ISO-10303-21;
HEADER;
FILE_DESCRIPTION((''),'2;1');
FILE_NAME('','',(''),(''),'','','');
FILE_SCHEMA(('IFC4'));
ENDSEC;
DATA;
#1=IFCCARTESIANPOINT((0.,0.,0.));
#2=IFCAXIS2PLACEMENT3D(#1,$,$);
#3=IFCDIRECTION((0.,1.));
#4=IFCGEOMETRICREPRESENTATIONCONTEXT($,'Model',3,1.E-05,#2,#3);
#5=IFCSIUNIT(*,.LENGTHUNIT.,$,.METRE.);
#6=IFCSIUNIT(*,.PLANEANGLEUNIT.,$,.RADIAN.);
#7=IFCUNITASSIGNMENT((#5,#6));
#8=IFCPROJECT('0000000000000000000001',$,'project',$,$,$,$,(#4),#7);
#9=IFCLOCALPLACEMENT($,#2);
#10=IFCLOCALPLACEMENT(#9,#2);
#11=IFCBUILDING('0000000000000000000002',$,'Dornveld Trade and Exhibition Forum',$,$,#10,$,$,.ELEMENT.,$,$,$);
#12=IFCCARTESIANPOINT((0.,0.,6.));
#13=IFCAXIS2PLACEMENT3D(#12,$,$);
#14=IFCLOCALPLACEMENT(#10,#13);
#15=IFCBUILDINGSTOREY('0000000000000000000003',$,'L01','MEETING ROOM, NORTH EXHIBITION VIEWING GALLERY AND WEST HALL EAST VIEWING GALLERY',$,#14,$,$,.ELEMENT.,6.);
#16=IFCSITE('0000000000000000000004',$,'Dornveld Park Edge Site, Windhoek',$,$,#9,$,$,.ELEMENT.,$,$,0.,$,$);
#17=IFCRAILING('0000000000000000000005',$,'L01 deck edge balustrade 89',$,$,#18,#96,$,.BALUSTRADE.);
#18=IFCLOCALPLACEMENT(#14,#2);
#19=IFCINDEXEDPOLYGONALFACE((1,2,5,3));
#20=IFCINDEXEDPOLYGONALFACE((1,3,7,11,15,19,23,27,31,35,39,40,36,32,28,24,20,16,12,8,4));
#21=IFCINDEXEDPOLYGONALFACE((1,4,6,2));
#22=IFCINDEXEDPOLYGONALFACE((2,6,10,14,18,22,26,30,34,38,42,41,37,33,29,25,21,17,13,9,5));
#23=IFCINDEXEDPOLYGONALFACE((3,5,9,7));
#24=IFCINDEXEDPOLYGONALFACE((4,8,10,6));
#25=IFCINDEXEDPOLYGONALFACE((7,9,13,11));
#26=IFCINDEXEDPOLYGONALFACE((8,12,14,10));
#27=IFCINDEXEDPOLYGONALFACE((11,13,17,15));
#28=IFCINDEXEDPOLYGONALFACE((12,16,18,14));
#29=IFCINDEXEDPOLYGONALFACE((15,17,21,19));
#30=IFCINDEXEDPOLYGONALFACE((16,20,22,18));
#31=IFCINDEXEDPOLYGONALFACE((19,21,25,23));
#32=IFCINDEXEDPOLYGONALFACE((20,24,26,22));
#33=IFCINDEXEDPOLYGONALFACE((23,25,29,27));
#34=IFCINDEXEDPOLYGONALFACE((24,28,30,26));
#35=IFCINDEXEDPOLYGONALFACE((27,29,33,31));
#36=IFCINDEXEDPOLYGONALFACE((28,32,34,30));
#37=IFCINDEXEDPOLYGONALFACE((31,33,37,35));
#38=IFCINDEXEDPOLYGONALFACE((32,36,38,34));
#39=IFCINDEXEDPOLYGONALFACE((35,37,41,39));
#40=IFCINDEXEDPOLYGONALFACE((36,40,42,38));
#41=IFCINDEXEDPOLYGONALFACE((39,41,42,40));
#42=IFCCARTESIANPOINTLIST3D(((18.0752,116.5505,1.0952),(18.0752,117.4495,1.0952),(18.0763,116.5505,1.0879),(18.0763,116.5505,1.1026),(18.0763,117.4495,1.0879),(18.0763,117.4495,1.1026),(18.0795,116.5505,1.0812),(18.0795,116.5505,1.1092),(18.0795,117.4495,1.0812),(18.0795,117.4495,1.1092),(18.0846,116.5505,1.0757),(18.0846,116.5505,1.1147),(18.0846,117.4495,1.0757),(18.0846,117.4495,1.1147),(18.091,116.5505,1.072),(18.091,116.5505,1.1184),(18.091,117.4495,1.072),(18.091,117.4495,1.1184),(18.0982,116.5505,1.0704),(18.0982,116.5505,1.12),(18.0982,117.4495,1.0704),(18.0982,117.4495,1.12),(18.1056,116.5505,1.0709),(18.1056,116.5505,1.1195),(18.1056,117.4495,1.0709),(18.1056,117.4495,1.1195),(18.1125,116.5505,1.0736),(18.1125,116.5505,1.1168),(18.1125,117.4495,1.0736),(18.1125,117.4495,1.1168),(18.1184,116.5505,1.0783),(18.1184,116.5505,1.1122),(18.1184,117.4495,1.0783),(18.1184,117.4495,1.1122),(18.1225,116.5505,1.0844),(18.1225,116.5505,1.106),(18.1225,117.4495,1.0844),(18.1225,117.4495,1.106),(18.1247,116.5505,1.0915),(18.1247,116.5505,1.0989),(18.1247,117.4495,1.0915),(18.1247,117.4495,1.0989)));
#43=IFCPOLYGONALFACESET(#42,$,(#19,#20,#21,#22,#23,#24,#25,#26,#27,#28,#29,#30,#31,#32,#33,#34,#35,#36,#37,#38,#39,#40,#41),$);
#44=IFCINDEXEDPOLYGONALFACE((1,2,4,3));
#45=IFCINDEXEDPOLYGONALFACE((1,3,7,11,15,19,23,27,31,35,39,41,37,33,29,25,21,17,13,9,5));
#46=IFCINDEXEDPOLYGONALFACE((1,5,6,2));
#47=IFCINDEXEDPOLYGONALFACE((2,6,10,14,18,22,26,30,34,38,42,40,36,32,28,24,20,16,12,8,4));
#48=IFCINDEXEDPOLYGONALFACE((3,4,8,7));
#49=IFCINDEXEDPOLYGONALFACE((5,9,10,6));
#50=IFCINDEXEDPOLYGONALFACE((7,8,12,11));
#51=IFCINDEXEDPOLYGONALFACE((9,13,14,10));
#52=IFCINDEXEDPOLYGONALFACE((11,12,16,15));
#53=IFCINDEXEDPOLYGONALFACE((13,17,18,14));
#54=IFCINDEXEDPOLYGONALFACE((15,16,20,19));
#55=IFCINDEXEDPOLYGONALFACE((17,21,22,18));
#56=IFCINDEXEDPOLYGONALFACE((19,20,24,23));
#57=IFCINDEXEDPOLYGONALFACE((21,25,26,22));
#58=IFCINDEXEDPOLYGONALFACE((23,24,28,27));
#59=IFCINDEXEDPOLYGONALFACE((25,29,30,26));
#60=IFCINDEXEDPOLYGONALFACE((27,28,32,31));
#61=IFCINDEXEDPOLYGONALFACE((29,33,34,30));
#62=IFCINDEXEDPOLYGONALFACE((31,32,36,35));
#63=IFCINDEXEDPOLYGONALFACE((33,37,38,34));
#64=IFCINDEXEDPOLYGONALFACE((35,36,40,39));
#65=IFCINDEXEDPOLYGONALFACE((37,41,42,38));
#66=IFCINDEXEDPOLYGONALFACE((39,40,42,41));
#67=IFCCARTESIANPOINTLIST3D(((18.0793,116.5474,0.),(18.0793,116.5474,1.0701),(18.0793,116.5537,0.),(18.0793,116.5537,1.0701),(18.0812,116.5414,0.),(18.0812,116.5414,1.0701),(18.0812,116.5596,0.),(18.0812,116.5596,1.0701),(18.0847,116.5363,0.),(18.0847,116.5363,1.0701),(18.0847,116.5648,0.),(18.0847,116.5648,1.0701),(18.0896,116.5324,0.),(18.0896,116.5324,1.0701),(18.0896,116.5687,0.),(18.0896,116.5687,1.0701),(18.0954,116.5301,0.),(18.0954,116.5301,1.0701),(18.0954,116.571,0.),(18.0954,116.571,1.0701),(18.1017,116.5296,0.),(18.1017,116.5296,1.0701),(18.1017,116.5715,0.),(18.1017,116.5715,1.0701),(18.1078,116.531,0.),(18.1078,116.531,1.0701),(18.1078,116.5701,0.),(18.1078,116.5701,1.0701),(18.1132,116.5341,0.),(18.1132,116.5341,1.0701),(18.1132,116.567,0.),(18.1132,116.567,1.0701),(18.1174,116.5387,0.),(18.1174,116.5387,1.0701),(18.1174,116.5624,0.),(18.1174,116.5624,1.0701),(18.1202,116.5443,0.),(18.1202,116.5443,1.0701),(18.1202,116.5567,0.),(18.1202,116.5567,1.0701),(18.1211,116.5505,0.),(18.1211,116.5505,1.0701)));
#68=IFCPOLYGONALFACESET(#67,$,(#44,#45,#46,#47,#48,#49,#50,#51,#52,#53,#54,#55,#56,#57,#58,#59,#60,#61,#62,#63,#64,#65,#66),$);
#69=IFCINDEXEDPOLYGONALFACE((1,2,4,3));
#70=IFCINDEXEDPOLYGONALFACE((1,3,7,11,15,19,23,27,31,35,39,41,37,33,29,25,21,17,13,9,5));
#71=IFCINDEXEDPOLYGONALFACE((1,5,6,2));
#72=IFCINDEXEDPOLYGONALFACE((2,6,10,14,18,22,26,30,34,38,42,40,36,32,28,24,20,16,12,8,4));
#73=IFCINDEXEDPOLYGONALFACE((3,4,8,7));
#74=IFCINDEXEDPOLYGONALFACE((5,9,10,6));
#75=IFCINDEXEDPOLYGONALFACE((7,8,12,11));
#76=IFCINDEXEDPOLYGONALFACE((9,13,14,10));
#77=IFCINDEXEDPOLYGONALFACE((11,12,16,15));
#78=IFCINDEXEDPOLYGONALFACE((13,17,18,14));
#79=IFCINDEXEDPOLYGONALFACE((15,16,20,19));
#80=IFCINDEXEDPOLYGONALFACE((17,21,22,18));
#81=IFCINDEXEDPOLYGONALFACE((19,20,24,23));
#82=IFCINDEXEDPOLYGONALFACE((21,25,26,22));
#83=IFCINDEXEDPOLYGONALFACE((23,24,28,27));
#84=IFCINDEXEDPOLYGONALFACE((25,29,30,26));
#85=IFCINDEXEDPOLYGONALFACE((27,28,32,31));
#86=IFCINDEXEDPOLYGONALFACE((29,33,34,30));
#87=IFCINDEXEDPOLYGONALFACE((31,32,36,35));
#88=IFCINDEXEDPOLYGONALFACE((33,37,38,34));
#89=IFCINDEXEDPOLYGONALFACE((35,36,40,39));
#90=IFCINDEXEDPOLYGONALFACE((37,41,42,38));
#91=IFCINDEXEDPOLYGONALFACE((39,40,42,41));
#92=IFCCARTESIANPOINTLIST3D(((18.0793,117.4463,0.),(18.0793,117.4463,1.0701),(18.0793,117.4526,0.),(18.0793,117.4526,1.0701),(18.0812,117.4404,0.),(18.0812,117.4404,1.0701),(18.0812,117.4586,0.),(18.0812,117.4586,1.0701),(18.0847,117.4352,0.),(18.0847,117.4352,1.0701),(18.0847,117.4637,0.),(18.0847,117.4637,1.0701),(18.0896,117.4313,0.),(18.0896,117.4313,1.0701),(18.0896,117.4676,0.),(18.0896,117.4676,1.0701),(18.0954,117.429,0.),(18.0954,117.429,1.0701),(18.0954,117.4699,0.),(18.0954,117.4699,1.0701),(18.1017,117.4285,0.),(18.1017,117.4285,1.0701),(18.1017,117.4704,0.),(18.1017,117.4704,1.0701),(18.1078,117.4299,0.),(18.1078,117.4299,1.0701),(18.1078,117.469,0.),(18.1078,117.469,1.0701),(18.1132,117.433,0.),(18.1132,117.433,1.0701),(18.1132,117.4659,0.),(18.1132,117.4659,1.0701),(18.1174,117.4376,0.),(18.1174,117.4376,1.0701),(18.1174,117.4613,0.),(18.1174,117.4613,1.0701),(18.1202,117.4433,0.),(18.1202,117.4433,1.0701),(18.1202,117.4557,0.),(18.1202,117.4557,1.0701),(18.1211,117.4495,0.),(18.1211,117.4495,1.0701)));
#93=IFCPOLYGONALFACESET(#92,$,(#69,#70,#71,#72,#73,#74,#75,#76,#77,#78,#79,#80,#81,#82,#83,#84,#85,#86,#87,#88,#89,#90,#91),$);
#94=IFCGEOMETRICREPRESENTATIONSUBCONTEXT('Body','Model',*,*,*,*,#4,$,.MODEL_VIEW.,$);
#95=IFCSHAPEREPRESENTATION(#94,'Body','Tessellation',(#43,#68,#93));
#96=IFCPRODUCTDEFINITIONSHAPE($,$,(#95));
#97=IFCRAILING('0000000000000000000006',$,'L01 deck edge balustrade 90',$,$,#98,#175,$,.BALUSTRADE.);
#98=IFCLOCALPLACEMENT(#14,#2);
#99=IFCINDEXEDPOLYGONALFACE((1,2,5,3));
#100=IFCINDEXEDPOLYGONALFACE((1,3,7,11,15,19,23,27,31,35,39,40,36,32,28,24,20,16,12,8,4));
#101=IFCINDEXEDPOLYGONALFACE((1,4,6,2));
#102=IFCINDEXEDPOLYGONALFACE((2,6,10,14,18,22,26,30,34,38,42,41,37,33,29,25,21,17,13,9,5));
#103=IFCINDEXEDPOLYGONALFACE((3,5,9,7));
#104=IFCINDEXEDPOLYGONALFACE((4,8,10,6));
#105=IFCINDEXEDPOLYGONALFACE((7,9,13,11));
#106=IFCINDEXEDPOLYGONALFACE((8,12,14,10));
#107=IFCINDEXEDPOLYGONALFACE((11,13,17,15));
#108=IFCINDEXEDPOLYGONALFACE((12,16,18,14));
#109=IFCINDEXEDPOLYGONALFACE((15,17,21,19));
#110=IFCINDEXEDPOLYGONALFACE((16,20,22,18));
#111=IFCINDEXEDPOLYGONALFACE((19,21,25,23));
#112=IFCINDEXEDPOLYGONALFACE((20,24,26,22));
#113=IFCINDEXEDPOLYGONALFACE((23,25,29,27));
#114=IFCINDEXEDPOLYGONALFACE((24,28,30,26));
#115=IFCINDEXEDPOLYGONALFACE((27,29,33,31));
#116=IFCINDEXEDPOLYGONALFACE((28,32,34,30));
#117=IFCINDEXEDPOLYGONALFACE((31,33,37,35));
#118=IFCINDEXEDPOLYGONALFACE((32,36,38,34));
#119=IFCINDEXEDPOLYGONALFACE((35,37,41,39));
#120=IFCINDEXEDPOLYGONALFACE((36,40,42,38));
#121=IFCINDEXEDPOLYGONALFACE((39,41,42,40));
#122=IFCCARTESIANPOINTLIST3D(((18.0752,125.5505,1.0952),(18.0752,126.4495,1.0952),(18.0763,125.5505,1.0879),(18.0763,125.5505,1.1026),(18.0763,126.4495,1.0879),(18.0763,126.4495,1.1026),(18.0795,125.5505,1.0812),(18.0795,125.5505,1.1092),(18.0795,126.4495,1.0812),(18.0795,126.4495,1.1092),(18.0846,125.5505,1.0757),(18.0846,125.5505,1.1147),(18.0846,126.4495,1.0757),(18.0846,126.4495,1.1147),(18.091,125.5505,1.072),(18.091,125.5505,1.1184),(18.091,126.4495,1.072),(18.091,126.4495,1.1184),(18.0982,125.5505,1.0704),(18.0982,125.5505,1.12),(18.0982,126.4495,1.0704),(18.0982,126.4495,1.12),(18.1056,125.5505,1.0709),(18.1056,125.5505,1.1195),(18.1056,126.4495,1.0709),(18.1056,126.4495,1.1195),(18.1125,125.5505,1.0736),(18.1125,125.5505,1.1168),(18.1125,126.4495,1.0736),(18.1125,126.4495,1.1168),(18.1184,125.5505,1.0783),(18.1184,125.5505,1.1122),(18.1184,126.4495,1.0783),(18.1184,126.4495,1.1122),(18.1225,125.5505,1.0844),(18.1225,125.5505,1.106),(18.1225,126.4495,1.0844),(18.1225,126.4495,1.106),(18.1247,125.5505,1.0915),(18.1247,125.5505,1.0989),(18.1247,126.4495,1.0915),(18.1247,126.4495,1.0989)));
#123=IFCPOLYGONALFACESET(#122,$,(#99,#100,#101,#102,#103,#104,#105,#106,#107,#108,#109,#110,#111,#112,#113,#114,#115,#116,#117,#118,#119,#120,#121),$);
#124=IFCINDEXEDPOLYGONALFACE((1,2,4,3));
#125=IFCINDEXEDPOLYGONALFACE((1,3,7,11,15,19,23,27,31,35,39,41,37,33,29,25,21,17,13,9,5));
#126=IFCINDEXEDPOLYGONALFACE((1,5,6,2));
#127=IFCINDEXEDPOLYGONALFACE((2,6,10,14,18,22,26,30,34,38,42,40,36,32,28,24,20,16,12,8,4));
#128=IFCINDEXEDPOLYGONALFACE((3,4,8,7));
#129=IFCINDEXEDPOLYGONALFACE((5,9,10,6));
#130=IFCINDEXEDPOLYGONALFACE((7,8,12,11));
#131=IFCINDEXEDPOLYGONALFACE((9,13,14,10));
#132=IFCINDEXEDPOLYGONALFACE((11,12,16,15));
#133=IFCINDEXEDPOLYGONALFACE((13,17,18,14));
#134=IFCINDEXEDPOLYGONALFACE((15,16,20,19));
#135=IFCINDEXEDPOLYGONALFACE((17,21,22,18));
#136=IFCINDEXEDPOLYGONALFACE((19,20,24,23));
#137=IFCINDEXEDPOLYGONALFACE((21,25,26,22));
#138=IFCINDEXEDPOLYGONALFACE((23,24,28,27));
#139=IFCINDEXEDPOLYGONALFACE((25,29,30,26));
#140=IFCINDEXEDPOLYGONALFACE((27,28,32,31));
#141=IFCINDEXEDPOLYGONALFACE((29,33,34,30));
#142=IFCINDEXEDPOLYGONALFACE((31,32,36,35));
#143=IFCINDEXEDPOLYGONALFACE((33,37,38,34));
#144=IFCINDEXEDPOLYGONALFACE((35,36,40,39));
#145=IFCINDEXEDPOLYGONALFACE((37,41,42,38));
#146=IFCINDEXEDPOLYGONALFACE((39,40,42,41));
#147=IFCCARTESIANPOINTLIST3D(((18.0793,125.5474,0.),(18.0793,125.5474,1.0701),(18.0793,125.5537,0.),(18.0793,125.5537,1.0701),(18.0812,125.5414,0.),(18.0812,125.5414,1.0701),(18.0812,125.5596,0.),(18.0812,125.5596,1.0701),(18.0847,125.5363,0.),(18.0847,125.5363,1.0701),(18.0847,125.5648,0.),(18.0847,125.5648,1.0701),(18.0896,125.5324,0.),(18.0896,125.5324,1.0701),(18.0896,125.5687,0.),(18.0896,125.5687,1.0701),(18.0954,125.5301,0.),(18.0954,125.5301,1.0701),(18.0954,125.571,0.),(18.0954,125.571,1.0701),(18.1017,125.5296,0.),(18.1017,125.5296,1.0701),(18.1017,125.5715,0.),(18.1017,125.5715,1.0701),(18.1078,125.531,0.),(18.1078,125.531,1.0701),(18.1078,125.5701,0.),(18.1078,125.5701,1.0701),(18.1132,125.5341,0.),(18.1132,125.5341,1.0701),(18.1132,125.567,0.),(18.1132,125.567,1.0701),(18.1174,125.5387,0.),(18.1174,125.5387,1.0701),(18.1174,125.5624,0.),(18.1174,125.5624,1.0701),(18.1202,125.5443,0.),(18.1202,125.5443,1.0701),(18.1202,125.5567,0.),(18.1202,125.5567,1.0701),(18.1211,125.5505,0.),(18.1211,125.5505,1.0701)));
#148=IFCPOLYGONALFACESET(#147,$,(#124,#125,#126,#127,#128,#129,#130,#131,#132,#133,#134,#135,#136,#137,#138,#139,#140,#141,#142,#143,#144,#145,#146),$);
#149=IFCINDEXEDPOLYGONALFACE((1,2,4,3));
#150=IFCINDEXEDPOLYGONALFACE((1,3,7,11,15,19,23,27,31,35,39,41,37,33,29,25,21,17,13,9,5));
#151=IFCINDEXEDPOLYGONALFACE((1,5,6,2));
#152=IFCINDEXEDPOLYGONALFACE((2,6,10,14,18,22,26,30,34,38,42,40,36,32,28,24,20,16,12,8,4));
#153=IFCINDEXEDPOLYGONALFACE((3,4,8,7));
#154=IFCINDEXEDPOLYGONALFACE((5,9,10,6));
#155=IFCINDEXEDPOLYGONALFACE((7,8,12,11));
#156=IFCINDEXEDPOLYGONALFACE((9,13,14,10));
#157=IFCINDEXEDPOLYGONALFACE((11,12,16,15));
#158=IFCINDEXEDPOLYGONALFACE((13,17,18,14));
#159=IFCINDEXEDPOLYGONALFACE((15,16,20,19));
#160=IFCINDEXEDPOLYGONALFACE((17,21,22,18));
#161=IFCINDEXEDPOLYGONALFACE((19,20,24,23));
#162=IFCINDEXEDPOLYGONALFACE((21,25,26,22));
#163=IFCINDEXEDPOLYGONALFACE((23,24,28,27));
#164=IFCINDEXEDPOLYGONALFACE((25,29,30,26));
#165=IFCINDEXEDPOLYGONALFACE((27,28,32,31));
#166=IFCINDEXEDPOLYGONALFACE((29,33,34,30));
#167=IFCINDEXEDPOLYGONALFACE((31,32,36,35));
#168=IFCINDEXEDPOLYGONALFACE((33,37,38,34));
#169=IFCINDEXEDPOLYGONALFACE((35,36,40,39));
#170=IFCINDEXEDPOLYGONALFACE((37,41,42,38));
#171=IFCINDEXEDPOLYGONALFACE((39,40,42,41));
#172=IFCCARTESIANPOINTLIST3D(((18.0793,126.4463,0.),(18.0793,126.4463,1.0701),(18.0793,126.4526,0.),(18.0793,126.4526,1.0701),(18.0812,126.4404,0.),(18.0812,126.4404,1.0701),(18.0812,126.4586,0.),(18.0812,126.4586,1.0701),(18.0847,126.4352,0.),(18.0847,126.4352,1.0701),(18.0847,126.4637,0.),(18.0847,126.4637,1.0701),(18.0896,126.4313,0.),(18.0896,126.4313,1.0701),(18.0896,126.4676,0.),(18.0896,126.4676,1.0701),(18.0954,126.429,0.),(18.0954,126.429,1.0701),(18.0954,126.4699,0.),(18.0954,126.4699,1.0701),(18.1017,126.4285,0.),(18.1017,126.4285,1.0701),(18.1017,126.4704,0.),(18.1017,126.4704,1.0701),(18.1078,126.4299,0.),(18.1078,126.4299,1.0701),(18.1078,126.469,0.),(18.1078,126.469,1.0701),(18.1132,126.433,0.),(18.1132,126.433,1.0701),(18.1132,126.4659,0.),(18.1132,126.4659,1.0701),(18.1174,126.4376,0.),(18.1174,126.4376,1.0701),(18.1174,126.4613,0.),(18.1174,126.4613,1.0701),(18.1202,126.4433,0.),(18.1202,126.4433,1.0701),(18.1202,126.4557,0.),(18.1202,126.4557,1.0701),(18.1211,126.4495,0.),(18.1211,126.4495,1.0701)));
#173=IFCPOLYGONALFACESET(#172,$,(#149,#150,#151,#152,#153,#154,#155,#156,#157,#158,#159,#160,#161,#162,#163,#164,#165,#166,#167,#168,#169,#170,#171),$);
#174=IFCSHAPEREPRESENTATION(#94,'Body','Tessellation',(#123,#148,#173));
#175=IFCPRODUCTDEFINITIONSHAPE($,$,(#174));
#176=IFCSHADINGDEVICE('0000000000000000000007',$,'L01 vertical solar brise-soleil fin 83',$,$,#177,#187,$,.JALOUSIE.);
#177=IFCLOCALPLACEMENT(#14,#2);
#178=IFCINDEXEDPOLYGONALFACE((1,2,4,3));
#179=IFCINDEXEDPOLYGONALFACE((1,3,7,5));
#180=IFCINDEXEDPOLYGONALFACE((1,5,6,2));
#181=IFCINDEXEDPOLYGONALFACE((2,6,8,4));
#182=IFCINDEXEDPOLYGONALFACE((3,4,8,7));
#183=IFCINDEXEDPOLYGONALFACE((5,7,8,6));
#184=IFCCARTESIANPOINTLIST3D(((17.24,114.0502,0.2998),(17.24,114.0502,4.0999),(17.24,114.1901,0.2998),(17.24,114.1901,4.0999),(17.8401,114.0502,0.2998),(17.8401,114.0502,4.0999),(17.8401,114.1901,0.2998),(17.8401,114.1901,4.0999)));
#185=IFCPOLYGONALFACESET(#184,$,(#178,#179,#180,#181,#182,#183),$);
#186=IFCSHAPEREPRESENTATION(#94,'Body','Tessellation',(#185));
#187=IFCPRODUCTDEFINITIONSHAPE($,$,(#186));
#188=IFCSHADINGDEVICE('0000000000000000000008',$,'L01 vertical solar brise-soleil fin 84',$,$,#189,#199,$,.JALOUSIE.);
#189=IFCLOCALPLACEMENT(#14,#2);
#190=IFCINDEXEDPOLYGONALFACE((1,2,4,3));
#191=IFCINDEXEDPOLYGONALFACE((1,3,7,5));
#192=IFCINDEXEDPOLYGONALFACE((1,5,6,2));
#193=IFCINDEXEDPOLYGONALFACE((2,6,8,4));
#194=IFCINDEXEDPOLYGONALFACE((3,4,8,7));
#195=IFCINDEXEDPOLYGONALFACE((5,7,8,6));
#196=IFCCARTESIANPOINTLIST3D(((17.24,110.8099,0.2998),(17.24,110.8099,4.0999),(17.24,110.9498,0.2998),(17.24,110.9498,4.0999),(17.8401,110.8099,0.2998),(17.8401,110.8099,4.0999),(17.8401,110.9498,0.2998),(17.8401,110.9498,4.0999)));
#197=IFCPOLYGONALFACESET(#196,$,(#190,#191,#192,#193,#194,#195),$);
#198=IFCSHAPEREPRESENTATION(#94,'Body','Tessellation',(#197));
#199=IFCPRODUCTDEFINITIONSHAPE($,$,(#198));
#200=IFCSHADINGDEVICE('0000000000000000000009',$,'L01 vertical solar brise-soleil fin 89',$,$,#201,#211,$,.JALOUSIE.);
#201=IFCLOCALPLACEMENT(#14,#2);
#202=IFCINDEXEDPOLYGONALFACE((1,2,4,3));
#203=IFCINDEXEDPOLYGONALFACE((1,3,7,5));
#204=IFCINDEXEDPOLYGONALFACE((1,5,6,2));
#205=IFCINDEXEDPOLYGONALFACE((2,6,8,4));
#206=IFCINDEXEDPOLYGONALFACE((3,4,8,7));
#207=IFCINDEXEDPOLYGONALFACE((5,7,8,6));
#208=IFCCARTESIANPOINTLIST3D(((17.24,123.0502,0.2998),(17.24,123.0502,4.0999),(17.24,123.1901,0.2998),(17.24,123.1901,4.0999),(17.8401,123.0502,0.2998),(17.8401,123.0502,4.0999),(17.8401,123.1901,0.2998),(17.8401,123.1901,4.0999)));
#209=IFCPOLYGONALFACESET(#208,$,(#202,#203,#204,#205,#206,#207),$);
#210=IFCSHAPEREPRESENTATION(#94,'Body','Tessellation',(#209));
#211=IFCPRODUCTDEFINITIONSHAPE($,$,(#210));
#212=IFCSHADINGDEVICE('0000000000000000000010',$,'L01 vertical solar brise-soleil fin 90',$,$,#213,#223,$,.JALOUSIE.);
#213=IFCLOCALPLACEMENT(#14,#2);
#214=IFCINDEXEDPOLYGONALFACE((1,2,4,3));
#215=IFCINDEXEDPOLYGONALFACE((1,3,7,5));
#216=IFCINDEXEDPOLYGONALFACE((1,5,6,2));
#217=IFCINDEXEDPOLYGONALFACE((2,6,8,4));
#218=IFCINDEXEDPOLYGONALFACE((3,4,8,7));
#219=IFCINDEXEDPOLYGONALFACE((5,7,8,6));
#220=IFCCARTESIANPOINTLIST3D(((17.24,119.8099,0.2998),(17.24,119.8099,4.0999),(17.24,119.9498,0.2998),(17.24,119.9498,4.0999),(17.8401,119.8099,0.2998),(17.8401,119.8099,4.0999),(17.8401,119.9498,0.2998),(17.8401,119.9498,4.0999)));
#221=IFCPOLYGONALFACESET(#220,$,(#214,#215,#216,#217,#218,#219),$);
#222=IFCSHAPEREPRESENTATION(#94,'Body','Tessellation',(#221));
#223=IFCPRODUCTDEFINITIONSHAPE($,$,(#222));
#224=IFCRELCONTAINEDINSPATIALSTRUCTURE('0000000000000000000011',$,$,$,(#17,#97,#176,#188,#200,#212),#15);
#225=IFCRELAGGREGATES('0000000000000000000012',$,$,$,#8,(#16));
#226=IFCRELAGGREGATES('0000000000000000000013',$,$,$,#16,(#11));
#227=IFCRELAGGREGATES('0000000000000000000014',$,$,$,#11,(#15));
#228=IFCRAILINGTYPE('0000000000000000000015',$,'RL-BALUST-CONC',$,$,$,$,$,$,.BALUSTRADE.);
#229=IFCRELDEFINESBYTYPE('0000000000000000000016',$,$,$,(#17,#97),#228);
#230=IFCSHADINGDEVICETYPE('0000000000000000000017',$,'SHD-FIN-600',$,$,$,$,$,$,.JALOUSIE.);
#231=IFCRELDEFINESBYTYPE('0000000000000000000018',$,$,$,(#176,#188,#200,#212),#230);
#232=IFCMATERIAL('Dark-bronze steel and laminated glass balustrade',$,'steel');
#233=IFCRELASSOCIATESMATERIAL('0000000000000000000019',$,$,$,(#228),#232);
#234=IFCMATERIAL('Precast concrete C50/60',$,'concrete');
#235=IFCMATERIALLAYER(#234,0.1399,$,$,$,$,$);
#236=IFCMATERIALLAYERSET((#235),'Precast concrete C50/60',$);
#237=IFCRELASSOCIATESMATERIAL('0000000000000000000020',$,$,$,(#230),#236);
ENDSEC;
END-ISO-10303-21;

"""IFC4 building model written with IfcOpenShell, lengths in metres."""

from ifc_helpers import new_model, si_unit, direction, frame, origin, origin_2d, place, context, subcontext, project, spatial, rectangle, circle, extrude, material, layer, layer_set, type_object, element, save


model = new_model("IFC4")

# Units and contexts
model_context = context("Model", 3, precision=1e-05, world=origin(), true_north=direction((0.0, 1.0)))
body_context = subcontext(model_context, "Body", "Model", "MODEL_VIEW")
ifc_project = project(units=[si_unit("LENGTHUNIT", "METRE"), si_unit("PLANEANGLEUNIT", "RADIAN")], contexts=[model_context])

# Site, building, storey
site_placement = place(None, origin())
site = spatial("IfcSite", under=ifc_project, at=site_placement, Name="Dornveld Park Edge Site, Windhoek", CompositionType="ELEMENT", RefElevation=0.0)
building_placement = place(site_placement, origin())
building = spatial("IfcBuilding", under=site, at=building_placement, Name="Dornveld Trade and Exhibition Forum", CompositionType="ELEMENT")
storey_placement = place(building_placement, frame((0.0, 0.0, 6.0)))
storey = spatial("IfcBuildingStorey", under=building, at=storey_placement, Name="L01", Description="MEETING ROOM, NORTH EXHIBITION VIEWING GALLERY AND WEST HALL EAST VIEWING GALLERY", CompositionType="ELEMENT", Elevation=6.0)

# Railings
ifc_material_1 = material(Name="Dark-bronze steel and laminated glass balustrade", Category="steel")
railing_type = type_object("IfcRailingType", Name="RL-BALUST-CONC", PredefinedType="BALUSTRADE", material=ifc_material_1)
for number, where, name in (
    (1, (18.1001, 116.5505, 0.0), "L01 deck edge balustrade 89"),
    (2, (18.1001, 125.5505, 0.0), "L01 deck edge balustrade 90"),
):
    element("IfcRailing", number, at=place(storey_placement, frame(where)), inside=storey, type_object=railing_type, Name=name, PredefinedType="BALUSTRADE", context=body_context, shape_type="SweptSolid", body=[
        extrude(circle(Radius=0.0249, at=origin_2d()), frame((0.0, 0.0, 1.0952), z_axis=(0.0, 1.0, 0.0), x_axis=(-1.0, 0.0, 0.0)), (0.0, 0.0, 1.0), 0.8989),
        extrude(circle(Radius=0.021, at=origin_2d()), origin(), (0.0, 0.0, 1.0), 1.0701),
        extrude(circle(Radius=0.021, at=origin_2d()), frame((0.0, 0.8989, 0.0)), (0.0, 0.0, 1.0), 1.0701),
    ])

# Shading devices
ifc_material_2 = material(Name="Precast concrete C50/60", Category="concrete")
ifc_layer_1 = layer(ifc_material_2, 0.1399)
ifc_layer_set_1 = layer_set([ifc_layer_1], Name="Precast concrete C50/60")
shading_device_type = type_object("IfcShadingDeviceType", Name="SHD-FIN-600", PredefinedType="JALOUSIE", material=ifc_layer_set_1)
for number, where, z_axis, x_axis, name in (
    (3, (17.54, 114.1201, 0.2998), (0.0, 0.0, 1.0), (0.0, -1.0, 0.0), "L01 vertical solar brise-soleil fin 83"),
    (4, (17.54, 110.8799, 0.2998), (0.0, 0.0, 1.0), (0.0, -1.0, 0.0), "L01 vertical solar brise-soleil fin 84"),
    (5, (17.54, 123.1201, 0.2998), (0.0, 0.0, 1.0), (0.0, -1.0, 0.0), "L01 vertical solar brise-soleil fin 89"),
    (6, (17.54, 119.8799, 0.2998), (0.0, 0.0, 1.0), (0.0, -1.0, 0.0), "L01 vertical solar brise-soleil fin 90"),
):
    element("IfcShadingDevice", number, at=place(storey_placement, frame(where, z_axis=z_axis, x_axis=x_axis)), inside=storey, type_object=shading_device_type, Name=name, PredefinedType="JALOUSIE", context=body_context, shape_type="SweptSolid", body=[
        extrude(rectangle(XDim=0.1399, YDim=0.6001, at=origin_2d()), origin(), (0.0, 0.0, 1.0), 3.8),
    ])

save(model, "model.ifc")
